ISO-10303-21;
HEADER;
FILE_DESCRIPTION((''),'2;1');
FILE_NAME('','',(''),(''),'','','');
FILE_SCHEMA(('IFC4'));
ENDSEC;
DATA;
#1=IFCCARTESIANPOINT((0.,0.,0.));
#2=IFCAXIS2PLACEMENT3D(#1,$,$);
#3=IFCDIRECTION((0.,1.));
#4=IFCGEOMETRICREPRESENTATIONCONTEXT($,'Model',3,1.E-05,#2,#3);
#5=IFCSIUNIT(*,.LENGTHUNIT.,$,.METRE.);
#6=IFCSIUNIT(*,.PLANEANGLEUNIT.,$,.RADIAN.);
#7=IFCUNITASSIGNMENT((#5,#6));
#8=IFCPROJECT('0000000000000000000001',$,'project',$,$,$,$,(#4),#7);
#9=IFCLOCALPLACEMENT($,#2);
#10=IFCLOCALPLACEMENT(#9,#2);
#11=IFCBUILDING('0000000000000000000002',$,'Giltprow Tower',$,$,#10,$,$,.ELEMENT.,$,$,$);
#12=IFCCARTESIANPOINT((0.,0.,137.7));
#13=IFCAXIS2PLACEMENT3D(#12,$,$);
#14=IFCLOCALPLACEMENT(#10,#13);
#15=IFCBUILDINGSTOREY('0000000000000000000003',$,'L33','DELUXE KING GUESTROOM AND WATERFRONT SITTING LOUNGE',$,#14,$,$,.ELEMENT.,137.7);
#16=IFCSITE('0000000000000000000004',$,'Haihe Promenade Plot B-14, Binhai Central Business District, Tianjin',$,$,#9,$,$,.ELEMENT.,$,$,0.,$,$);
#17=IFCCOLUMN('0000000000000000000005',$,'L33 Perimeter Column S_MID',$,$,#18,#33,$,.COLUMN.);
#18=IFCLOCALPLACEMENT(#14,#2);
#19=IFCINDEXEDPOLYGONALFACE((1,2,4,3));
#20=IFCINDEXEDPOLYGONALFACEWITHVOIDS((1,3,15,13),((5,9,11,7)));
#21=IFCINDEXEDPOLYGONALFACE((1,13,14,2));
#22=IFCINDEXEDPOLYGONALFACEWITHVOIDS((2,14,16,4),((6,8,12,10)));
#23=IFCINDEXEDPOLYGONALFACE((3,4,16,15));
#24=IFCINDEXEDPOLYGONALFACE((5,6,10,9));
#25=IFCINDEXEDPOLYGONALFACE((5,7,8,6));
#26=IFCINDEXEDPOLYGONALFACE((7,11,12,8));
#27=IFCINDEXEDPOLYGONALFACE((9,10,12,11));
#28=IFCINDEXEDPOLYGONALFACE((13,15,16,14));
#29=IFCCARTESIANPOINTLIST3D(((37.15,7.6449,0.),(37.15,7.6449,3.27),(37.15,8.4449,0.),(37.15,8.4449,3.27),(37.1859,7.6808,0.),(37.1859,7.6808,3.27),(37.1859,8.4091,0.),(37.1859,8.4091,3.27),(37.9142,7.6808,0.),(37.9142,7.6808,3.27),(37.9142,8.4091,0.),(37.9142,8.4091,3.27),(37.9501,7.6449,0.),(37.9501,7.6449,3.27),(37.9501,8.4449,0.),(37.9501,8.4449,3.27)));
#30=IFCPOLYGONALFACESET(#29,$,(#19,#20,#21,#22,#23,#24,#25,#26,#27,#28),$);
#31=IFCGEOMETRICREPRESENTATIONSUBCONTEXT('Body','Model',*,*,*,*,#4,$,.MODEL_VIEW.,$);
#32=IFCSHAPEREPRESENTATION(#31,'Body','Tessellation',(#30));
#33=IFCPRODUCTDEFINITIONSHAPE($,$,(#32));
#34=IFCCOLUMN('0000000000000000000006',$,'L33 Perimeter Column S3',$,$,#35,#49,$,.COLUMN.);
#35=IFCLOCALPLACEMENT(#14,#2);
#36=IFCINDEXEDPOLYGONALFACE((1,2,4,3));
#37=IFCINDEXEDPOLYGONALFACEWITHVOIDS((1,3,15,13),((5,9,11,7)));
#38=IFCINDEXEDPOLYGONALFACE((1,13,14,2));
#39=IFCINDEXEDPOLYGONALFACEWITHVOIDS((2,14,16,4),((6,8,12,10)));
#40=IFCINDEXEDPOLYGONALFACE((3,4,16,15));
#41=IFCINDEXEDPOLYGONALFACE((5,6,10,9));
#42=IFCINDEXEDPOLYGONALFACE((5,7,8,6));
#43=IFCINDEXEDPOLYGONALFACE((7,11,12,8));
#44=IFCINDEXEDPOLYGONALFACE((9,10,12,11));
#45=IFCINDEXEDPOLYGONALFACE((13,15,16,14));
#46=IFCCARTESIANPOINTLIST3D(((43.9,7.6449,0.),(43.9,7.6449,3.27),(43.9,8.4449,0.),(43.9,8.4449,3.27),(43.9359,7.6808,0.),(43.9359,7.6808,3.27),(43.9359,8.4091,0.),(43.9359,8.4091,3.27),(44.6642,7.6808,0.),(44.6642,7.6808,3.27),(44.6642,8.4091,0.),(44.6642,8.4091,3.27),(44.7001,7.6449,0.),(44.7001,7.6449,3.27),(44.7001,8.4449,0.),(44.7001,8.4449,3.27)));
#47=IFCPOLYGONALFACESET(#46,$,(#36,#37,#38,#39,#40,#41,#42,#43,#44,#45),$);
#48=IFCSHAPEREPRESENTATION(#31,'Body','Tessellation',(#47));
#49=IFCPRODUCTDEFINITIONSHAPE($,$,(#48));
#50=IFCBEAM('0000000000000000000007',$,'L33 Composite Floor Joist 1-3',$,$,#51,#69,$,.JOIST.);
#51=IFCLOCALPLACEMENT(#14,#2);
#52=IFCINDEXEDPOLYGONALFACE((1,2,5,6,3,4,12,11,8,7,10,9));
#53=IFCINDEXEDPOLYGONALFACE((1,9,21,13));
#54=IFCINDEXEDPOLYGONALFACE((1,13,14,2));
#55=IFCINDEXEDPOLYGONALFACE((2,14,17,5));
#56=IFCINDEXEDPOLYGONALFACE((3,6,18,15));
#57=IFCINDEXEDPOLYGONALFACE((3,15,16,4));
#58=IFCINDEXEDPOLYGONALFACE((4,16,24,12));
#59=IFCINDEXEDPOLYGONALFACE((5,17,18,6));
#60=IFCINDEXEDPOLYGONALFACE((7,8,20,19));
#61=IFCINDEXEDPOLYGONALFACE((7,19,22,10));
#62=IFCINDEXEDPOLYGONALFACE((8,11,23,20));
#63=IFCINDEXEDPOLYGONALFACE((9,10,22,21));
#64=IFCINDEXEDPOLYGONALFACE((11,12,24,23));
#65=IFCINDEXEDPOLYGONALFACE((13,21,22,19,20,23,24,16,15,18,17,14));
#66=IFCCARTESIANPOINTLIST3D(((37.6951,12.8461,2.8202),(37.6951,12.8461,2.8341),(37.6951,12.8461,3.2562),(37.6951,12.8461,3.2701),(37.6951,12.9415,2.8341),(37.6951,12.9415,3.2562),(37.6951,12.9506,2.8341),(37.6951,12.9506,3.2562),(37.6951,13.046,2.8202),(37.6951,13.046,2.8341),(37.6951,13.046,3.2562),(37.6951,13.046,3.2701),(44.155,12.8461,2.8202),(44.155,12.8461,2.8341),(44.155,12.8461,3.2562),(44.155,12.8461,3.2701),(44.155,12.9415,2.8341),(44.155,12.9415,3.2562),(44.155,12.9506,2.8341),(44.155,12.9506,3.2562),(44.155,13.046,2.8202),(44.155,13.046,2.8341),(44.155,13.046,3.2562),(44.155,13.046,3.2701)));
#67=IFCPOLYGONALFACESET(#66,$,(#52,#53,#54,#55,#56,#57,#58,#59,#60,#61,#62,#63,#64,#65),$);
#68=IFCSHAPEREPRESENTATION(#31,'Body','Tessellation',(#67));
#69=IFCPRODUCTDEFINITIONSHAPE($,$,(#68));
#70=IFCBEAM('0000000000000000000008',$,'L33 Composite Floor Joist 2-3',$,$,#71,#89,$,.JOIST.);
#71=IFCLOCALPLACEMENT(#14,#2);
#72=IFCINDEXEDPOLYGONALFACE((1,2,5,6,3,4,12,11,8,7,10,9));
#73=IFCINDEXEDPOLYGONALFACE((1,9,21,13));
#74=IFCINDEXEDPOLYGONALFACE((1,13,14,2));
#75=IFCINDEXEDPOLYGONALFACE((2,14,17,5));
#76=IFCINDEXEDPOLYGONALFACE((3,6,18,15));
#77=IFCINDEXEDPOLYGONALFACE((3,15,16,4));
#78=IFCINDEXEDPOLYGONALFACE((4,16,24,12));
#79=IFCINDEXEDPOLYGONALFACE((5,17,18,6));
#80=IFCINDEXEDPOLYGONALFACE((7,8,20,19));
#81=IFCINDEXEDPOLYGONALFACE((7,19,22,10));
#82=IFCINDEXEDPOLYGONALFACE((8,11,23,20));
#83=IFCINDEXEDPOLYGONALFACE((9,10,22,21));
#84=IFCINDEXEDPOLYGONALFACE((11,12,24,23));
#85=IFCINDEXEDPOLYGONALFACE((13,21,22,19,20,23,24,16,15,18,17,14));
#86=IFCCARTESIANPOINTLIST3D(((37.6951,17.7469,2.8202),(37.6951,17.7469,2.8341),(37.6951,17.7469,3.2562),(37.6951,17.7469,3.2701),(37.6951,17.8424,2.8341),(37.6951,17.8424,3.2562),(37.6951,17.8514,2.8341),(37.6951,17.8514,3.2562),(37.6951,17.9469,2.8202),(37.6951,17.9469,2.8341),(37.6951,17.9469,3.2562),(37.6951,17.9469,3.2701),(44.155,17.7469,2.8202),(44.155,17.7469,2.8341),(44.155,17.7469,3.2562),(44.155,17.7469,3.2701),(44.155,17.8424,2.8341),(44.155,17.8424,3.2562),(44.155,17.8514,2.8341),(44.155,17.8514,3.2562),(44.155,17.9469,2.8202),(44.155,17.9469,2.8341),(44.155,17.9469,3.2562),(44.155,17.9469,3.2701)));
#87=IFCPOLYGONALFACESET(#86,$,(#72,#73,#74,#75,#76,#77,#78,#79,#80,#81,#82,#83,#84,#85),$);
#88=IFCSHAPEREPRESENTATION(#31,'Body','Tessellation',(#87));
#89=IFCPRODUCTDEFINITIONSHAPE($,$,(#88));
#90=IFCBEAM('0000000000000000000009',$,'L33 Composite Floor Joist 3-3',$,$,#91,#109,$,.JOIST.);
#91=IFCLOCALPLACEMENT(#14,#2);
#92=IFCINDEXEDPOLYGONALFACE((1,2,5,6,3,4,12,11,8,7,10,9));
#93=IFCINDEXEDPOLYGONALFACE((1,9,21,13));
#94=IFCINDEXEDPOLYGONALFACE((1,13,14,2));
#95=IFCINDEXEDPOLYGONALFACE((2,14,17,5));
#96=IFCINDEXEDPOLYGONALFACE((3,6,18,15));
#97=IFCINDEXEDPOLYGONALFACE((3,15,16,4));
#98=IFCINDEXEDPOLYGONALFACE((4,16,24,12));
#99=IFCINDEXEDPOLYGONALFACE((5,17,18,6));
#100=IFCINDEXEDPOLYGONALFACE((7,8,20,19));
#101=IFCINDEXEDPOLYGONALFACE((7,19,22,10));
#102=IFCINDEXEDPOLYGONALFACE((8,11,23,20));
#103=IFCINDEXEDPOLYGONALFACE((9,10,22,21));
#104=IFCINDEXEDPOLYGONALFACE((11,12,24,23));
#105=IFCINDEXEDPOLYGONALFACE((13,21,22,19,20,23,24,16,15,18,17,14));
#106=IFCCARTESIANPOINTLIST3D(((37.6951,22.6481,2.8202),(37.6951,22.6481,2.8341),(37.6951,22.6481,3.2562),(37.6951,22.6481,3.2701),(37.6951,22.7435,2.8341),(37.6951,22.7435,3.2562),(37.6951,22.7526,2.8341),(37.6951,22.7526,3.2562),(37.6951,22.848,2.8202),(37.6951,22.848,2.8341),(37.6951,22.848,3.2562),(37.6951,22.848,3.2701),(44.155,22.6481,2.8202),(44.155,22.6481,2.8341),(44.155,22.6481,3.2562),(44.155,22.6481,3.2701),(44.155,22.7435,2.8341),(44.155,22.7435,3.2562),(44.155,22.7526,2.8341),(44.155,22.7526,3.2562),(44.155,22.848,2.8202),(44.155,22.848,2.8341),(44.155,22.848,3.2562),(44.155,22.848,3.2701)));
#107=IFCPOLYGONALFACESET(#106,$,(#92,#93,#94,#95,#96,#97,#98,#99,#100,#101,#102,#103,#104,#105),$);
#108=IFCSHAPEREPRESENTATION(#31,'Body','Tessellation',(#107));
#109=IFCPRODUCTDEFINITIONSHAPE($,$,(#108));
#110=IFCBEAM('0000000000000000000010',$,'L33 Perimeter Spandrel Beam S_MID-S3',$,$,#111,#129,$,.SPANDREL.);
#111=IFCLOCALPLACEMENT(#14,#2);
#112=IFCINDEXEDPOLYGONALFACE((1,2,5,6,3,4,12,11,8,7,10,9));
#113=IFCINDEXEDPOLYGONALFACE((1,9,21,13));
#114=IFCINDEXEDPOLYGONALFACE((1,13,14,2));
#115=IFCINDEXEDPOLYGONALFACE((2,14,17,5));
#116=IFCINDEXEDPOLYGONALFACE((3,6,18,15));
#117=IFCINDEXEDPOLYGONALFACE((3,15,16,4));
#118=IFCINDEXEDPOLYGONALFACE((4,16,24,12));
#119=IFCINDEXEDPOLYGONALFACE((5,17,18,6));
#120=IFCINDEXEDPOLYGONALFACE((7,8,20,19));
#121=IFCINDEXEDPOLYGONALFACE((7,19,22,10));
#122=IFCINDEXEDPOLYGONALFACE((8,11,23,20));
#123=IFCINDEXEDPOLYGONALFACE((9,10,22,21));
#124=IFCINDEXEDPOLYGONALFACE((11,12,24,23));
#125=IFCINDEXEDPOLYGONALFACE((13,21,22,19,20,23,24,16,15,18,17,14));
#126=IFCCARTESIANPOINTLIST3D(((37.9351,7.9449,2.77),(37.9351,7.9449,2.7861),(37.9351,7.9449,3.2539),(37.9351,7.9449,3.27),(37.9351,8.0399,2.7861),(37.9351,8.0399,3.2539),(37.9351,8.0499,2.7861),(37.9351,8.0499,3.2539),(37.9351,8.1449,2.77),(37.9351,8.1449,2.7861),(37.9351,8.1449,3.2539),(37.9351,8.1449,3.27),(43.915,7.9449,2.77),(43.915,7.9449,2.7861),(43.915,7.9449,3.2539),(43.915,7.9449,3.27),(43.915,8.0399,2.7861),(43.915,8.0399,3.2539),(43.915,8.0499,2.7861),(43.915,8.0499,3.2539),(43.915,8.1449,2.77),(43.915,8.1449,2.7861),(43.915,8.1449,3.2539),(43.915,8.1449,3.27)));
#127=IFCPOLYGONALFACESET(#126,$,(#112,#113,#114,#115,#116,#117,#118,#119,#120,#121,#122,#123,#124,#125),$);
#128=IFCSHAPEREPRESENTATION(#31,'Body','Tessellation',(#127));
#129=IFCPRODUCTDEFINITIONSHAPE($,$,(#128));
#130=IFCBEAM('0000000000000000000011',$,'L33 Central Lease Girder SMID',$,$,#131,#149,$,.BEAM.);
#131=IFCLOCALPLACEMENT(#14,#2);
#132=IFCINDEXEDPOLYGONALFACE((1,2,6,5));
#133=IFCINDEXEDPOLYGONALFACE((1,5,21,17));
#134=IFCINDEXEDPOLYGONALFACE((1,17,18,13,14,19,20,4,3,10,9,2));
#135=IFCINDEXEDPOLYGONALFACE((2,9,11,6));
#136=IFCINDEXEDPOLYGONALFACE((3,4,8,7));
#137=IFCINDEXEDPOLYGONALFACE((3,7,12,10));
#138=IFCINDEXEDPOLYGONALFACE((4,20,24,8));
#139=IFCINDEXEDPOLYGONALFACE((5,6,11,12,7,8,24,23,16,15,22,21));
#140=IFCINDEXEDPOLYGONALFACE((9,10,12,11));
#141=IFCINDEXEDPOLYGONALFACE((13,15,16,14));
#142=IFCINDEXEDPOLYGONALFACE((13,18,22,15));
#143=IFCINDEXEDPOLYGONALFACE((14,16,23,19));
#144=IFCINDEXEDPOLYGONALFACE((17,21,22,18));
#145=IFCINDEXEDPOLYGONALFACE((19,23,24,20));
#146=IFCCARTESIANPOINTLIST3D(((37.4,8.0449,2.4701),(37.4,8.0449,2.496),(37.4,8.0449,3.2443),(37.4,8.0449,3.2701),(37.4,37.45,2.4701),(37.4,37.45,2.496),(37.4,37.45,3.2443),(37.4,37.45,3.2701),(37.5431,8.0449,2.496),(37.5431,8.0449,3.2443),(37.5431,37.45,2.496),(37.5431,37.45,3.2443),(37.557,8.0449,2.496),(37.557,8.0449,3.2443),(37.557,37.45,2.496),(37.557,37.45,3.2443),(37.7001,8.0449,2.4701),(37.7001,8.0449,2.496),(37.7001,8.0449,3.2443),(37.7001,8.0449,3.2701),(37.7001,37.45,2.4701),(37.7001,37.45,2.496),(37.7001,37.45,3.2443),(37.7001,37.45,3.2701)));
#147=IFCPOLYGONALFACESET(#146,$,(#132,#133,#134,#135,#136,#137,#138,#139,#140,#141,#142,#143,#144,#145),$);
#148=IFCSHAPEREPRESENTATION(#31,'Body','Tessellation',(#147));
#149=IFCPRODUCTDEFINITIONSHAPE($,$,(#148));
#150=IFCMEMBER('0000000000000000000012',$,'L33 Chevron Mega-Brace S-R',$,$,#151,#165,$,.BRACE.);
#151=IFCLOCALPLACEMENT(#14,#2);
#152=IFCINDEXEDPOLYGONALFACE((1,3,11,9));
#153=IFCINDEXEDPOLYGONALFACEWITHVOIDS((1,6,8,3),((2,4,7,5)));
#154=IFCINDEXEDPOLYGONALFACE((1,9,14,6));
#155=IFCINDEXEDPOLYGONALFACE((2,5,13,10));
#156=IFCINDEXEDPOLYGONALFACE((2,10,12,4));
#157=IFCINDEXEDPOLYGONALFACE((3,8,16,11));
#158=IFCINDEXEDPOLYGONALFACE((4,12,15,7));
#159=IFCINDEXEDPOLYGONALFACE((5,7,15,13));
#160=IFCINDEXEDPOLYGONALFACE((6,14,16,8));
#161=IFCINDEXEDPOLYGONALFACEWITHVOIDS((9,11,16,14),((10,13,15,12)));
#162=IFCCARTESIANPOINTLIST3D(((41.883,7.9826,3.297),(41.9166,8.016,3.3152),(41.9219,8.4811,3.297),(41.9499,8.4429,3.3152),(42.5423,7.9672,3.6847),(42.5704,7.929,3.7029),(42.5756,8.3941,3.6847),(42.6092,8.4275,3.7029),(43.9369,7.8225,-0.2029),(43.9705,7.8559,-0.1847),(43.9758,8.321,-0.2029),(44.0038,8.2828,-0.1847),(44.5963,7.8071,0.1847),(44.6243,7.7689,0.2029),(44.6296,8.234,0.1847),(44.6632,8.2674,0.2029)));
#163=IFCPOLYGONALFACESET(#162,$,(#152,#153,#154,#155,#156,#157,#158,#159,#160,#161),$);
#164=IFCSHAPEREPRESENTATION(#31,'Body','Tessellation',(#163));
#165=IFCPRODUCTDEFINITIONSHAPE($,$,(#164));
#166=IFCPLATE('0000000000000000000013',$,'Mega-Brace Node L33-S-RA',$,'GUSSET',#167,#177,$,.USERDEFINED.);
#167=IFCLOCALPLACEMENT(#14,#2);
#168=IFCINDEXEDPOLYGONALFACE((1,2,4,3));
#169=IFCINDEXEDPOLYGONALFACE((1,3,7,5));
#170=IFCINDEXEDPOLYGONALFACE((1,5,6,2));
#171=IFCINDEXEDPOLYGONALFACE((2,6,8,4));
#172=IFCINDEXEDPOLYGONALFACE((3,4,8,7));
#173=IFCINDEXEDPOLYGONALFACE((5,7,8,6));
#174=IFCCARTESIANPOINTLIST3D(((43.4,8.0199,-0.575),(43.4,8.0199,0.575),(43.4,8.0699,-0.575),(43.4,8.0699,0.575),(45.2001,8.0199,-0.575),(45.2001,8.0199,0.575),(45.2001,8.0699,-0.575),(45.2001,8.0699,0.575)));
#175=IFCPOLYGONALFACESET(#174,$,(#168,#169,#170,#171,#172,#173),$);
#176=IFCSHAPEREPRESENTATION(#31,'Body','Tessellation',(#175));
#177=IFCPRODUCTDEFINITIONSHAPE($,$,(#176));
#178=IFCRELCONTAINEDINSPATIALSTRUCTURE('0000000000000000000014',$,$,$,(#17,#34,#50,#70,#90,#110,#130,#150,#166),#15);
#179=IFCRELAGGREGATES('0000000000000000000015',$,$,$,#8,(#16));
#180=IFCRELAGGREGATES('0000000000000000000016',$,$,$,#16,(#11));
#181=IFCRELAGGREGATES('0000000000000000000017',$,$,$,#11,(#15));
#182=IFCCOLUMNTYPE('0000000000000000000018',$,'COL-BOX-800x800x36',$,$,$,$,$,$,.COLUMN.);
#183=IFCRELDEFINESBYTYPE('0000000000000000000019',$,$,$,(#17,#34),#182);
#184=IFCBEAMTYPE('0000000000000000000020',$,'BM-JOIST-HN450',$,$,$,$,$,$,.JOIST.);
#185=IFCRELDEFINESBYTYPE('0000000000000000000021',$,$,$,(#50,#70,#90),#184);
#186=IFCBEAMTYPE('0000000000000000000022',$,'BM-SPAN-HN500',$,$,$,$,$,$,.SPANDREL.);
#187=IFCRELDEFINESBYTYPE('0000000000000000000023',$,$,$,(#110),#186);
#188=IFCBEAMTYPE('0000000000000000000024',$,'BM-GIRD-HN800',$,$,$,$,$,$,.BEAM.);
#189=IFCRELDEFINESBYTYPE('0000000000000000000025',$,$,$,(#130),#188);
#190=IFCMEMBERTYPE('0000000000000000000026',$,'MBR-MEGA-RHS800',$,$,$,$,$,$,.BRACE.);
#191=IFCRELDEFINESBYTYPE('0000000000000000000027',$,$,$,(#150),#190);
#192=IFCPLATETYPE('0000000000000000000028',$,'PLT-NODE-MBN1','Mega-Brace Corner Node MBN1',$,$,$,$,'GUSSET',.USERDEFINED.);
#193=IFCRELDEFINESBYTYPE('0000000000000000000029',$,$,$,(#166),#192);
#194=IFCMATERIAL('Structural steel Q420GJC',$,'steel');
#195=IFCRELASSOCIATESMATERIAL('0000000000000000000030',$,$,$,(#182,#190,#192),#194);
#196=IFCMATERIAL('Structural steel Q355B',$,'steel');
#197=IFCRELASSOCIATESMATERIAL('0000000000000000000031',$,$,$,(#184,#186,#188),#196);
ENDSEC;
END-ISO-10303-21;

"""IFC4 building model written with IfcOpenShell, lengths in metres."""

from ifc_helpers import new_model, si_unit, direction, frame, origin, origin_2d, place, context, subcontext, project, spatial, rectangle, hollow_rectangle, i_section, extrude, source, transform, mapped, material, material_profile, profile_set, type_object, element, save


model = new_model("IFC4")

# Units and contexts
model_context = context("Model", 3, precision=1e-05, world=origin(), true_north=direction((0.0, 1.0)))
body_context = subcontext(model_context, "Body", "Model", "MODEL_VIEW")
ifc_project = project(units=[si_unit("LENGTHUNIT", "METRE"), si_unit("PLANEANGLEUNIT", "RADIAN")], contexts=[model_context])

# Site, building, storey
site_placement = place(None, origin())
site = spatial("IfcSite", under=ifc_project, at=site_placement, Name="Haihe Promenade Plot B-14, Binhai Central Business District, Tianjin", CompositionType="ELEMENT", RefElevation=0.0)
building_placement = place(site_placement, origin())
building = spatial("IfcBuilding", under=site, at=building_placement, Name="Giltprow Tower", CompositionType="ELEMENT")
storey_placement = place(building_placement, frame((0.0, 0.0, 137.7)))
storey = spatial("IfcBuildingStorey", under=building, at=storey_placement, Name="L33", Description="DELUXE KING GUESTROOM AND WATERFRONT SITTING LOUNGE", CompositionType="ELEMENT", Elevation=137.7)

# Columns
ifc_material_1 = material(Name="Structural steel Q420GJC", Category="steel")
ifc_material_profile_1 = material_profile(ifc_material_1, hollow_rectangle(XDim=0.8, YDim=0.8, WallThickness=0.0359, at=origin_2d()), Name="BOX 800x800x36")
ifc_profile_set_1 = profile_set([ifc_material_profile_1], Name="Structural steel Q420GJC")
column_type = type_object("IfcColumnType", Name="COL-BOX-800x800x36", PredefinedType="COLUMN", material=ifc_profile_set_1)
shared_shape_1 = source(origin(), body_context, "Body", "SweptSolid", [
    extrude(hollow_rectangle(XDim=0.8, YDim=0.8, WallThickness=0.0359, at=origin_2d()), origin(), (0.0, 0.0, 1.0), 3.27),
])
for number, where, z_axis, x_axis, name in (
    (1, (37.55, 8.0449, 0.0), (0.0, 0.0, 1.0), (1.0, 0.0, 0.0), "L33 Perimeter Column S_MID"),
    (2, (44.3, 8.0449, 0.0), (0.0, 0.0, 1.0), (1.0, 0.0, 0.0), "L33 Perimeter Column S3"),
):
    element("IfcColumn", number, at=place(storey_placement, frame(where, z_axis=z_axis, x_axis=x_axis)), inside=storey, type_object=column_type, Name=name, PredefinedType="COLUMN", context=body_context, shape_type="MappedRepresentation", body=[
        mapped(shared_shape_1, transform((0.0, 0.0, 0.0), x_axis=(1.0, 0.0, 0.0), y_axis=(0.0, 1.0, 0.0), z_axis=(0.0, 0.0, 1.0), scale=1.0)),
    ])

# Beams
ifc_material_2 = material(Name="Structural steel Q355B", Category="steel")
ifc_material_profile_2 = material_profile(ifc_material_2, i_section(OverallWidth=0.2, OverallDepth=0.45, WebThickness=0.009, FlangeThickness=0.0139, at=origin_2d()), Name="HN 450x200x9x14")
ifc_profile_set_2 = profile_set([ifc_material_profile_2], Name="Structural steel Q355B")
beam_type_1 = type_object("IfcBeamType", Name="BM-JOIST-HN450", PredefinedType="JOIST", material=ifc_profile_set_2)
shared_shape_2 = source(origin(), body_context, "Body", "SweptSolid", [
    extrude(i_section(OverallWidth=0.2, OverallDepth=0.45, WebThickness=0.009, FlangeThickness=0.0139, at=origin_2d()), origin(), (0.0, 0.0, 1.0), 6.46),
])
for number, where, z_axis, x_axis, name in (
    (3, (37.6951, 12.946, 3.0452), (1.0, 0.0, 0.0), (0.0, 1.0, 0.0), "L33 Composite Floor Joist 1-3"),
    (4, (37.6951, 17.8469, 3.0452), (1.0, 0.0, 0.0), (0.0, 1.0, 0.0), "L33 Composite Floor Joist 2-3"),
    (5, (37.6951, 22.748, 3.0452), (1.0, 0.0, 0.0), (0.0, 1.0, 0.0), "L33 Composite Floor Joist 3-3"),
):
    element("IfcBeam", number, at=place(storey_placement, frame(where, z_axis=z_axis, x_axis=x_axis)), inside=storey, type_object=beam_type_1, Name=name, PredefinedType="JOIST", context=body_context, shape_type="MappedRepresentation", body=[
        mapped(shared_shape_2, transform((0.0, 0.0, 0.0), x_axis=(1.0, 0.0, 0.0), y_axis=(0.0, 1.0, 0.0), z_axis=(0.0, 0.0, 1.0), scale=1.0)),
    ])
ifc_material_profile_3 = material_profile(ifc_material_2, i_section(OverallWidth=0.2, OverallDepth=0.5, WebThickness=0.01, FlangeThickness=0.0161, at=origin_2d()), Name="HN 500x200x10x16")
ifc_profile_set_3 = profile_set([ifc_material_profile_3], Name="Structural steel Q355B")
beam_type_2 = type_object("IfcBeamType", Name="BM-SPAN-HN500", PredefinedType="SPANDREL", material=ifc_profile_set_3)
shared_shape_3 = source(origin(), body_context, "Body", "SweptSolid", [
    extrude(i_section(OverallWidth=0.2, OverallDepth=0.5, WebThickness=0.01, FlangeThickness=0.0161, at=origin_2d()), origin(), (0.0, 0.0, 1.0), 5.98),
])
beam_1_placement = place(storey_placement, frame((37.9351, 8.0449, 3.02), z_axis=(1.0, 0.0, 0.0), x_axis=(0.0, 1.0, 0.0)))
element("IfcBeam", 6, at=beam_1_placement, inside=storey, type_object=beam_type_2, Name="L33 Perimeter Spandrel Beam S_MID-S3", PredefinedType="SPANDREL", context=body_context, shape_type="MappedRepresentation", body=[
    mapped(shared_shape_3, transform((0.0, 0.0, 0.0), x_axis=(1.0, 0.0, 0.0), y_axis=(0.0, 1.0, 0.0), z_axis=(0.0, 0.0, 1.0), scale=1.0)),
])
ifc_material_profile_4 = material_profile(ifc_material_2, i_section(OverallWidth=0.3, OverallDepth=0.8, WebThickness=0.0139, FlangeThickness=0.0259, at=origin_2d()), Name="HN 800x300x14x26")
ifc_profile_set_4 = profile_set([ifc_material_profile_4], Name="Structural steel Q355B")
beam_type_3 = type_object("IfcBeamType", Name="BM-GIRD-HN800", PredefinedType="BEAM", material=ifc_profile_set_4)
shared_shape_4 = source(origin(), body_context, "Body", "SweptSolid", [
    extrude(i_section(OverallWidth=0.3, OverallDepth=0.8, WebThickness=0.0139, FlangeThickness=0.0259, at=origin_2d()), origin(), (0.0, 0.0, 1.0), 29.405),
])
beam_2_placement = place(storey_placement, frame((37.55, 8.0449, 2.8701), z_axis=(0.0, 1.0, 0.0), x_axis=(-1.0, 0.0, 0.0)))
element("IfcBeam", 7, at=beam_2_placement, inside=storey, type_object=beam_type_3, Name="L33 Central Lease Girder SMID", PredefinedType="BEAM", context=body_context, shape_type="MappedRepresentation", body=[
    mapped(shared_shape_4, transform((0.0, 0.0, 0.0), x_axis=(1.0, 0.0, 0.0), y_axis=(0.0, 1.0, 0.0), z_axis=(0.0, 0.0, 1.0), scale=1.0)),
])

# Member
ifc_material_profile_5 = material_profile(ifc_material_1, hollow_rectangle(XDim=0.5, YDim=0.8, WallThickness=0.0359, at=origin_2d()), Name="RHS 800x500x36")
ifc_profile_set_5 = profile_set([ifc_material_profile_5], Name="Structural steel Q420GJC")
member_type = type_object("IfcMemberType", Name="MBR-MEGA-RHS800", PredefinedType="BRACE", material=ifc_profile_set_5)
shared_shape_5 = source(origin(), body_context, "Body", "SweptSolid", [
    extrude(hollow_rectangle(XDim=0.5, YDim=0.8, WallThickness=0.0359, at=origin_2d()), origin(), (0.0, 0.0, 1.0), 4.0613),
])
member_placement = place(storey_placement, frame((44.3, 8.0449, 0.0), z_axis=(-0.505735, 0.039434, 0.861787), x_axis=(-0.077739, -0.996974, 0.0)))
element("IfcMember", 8, at=member_placement, inside=storey, type_object=member_type, Name="L33 Chevron Mega-Brace S-R", PredefinedType="BRACE", context=body_context, shape_type="MappedRepresentation", body=[
    mapped(shared_shape_5, transform((0.0, 0.0, 0.0), x_axis=(1.0, 0.0, 0.0), y_axis=(0.0, 1.0, 0.0), z_axis=(0.0, 0.0, 1.0), scale=1.0)),
])

# Plate
plate_type_1 = type_object("IfcPlateType", Name="PLT-NODE-MBN1", Description="Mega-Brace Corner Node MBN1", ElementType="GUSSET", PredefinedType="USERDEFINED", material=ifc_material_1)
shared_shape_6 = source(origin(), body_context, "Body", "SweptSolid", [
    extrude(rectangle(XDim=1.8, YDim=0.05, at=origin_2d()), origin(), (0.0, 0.0, 1.0), 1.1499),
])
plate_placement = place(storey_placement, frame((44.3, 8.0449, -0.575), z_axis=(0.0, 0.0, 1.0), x_axis=(1.0, 0.0, 0.0)))
element("IfcPlate", 9, at=plate_placement, inside=storey, type_object=plate_type_1, Name="Mega-Brace Node L33-S-RA", ObjectType="GUSSET", PredefinedType="USERDEFINED", context=body_context, shape_type="MappedRepresentation", body=[
    mapped(shared_shape_6, transform((0.0, 0.0, 0.0), x_axis=(1.0, 0.0, 0.0), y_axis=(0.0, 1.0, 0.0), z_axis=(0.0, 0.0, 1.0), scale=1.0)),
])

save(model, "model.ifc")
